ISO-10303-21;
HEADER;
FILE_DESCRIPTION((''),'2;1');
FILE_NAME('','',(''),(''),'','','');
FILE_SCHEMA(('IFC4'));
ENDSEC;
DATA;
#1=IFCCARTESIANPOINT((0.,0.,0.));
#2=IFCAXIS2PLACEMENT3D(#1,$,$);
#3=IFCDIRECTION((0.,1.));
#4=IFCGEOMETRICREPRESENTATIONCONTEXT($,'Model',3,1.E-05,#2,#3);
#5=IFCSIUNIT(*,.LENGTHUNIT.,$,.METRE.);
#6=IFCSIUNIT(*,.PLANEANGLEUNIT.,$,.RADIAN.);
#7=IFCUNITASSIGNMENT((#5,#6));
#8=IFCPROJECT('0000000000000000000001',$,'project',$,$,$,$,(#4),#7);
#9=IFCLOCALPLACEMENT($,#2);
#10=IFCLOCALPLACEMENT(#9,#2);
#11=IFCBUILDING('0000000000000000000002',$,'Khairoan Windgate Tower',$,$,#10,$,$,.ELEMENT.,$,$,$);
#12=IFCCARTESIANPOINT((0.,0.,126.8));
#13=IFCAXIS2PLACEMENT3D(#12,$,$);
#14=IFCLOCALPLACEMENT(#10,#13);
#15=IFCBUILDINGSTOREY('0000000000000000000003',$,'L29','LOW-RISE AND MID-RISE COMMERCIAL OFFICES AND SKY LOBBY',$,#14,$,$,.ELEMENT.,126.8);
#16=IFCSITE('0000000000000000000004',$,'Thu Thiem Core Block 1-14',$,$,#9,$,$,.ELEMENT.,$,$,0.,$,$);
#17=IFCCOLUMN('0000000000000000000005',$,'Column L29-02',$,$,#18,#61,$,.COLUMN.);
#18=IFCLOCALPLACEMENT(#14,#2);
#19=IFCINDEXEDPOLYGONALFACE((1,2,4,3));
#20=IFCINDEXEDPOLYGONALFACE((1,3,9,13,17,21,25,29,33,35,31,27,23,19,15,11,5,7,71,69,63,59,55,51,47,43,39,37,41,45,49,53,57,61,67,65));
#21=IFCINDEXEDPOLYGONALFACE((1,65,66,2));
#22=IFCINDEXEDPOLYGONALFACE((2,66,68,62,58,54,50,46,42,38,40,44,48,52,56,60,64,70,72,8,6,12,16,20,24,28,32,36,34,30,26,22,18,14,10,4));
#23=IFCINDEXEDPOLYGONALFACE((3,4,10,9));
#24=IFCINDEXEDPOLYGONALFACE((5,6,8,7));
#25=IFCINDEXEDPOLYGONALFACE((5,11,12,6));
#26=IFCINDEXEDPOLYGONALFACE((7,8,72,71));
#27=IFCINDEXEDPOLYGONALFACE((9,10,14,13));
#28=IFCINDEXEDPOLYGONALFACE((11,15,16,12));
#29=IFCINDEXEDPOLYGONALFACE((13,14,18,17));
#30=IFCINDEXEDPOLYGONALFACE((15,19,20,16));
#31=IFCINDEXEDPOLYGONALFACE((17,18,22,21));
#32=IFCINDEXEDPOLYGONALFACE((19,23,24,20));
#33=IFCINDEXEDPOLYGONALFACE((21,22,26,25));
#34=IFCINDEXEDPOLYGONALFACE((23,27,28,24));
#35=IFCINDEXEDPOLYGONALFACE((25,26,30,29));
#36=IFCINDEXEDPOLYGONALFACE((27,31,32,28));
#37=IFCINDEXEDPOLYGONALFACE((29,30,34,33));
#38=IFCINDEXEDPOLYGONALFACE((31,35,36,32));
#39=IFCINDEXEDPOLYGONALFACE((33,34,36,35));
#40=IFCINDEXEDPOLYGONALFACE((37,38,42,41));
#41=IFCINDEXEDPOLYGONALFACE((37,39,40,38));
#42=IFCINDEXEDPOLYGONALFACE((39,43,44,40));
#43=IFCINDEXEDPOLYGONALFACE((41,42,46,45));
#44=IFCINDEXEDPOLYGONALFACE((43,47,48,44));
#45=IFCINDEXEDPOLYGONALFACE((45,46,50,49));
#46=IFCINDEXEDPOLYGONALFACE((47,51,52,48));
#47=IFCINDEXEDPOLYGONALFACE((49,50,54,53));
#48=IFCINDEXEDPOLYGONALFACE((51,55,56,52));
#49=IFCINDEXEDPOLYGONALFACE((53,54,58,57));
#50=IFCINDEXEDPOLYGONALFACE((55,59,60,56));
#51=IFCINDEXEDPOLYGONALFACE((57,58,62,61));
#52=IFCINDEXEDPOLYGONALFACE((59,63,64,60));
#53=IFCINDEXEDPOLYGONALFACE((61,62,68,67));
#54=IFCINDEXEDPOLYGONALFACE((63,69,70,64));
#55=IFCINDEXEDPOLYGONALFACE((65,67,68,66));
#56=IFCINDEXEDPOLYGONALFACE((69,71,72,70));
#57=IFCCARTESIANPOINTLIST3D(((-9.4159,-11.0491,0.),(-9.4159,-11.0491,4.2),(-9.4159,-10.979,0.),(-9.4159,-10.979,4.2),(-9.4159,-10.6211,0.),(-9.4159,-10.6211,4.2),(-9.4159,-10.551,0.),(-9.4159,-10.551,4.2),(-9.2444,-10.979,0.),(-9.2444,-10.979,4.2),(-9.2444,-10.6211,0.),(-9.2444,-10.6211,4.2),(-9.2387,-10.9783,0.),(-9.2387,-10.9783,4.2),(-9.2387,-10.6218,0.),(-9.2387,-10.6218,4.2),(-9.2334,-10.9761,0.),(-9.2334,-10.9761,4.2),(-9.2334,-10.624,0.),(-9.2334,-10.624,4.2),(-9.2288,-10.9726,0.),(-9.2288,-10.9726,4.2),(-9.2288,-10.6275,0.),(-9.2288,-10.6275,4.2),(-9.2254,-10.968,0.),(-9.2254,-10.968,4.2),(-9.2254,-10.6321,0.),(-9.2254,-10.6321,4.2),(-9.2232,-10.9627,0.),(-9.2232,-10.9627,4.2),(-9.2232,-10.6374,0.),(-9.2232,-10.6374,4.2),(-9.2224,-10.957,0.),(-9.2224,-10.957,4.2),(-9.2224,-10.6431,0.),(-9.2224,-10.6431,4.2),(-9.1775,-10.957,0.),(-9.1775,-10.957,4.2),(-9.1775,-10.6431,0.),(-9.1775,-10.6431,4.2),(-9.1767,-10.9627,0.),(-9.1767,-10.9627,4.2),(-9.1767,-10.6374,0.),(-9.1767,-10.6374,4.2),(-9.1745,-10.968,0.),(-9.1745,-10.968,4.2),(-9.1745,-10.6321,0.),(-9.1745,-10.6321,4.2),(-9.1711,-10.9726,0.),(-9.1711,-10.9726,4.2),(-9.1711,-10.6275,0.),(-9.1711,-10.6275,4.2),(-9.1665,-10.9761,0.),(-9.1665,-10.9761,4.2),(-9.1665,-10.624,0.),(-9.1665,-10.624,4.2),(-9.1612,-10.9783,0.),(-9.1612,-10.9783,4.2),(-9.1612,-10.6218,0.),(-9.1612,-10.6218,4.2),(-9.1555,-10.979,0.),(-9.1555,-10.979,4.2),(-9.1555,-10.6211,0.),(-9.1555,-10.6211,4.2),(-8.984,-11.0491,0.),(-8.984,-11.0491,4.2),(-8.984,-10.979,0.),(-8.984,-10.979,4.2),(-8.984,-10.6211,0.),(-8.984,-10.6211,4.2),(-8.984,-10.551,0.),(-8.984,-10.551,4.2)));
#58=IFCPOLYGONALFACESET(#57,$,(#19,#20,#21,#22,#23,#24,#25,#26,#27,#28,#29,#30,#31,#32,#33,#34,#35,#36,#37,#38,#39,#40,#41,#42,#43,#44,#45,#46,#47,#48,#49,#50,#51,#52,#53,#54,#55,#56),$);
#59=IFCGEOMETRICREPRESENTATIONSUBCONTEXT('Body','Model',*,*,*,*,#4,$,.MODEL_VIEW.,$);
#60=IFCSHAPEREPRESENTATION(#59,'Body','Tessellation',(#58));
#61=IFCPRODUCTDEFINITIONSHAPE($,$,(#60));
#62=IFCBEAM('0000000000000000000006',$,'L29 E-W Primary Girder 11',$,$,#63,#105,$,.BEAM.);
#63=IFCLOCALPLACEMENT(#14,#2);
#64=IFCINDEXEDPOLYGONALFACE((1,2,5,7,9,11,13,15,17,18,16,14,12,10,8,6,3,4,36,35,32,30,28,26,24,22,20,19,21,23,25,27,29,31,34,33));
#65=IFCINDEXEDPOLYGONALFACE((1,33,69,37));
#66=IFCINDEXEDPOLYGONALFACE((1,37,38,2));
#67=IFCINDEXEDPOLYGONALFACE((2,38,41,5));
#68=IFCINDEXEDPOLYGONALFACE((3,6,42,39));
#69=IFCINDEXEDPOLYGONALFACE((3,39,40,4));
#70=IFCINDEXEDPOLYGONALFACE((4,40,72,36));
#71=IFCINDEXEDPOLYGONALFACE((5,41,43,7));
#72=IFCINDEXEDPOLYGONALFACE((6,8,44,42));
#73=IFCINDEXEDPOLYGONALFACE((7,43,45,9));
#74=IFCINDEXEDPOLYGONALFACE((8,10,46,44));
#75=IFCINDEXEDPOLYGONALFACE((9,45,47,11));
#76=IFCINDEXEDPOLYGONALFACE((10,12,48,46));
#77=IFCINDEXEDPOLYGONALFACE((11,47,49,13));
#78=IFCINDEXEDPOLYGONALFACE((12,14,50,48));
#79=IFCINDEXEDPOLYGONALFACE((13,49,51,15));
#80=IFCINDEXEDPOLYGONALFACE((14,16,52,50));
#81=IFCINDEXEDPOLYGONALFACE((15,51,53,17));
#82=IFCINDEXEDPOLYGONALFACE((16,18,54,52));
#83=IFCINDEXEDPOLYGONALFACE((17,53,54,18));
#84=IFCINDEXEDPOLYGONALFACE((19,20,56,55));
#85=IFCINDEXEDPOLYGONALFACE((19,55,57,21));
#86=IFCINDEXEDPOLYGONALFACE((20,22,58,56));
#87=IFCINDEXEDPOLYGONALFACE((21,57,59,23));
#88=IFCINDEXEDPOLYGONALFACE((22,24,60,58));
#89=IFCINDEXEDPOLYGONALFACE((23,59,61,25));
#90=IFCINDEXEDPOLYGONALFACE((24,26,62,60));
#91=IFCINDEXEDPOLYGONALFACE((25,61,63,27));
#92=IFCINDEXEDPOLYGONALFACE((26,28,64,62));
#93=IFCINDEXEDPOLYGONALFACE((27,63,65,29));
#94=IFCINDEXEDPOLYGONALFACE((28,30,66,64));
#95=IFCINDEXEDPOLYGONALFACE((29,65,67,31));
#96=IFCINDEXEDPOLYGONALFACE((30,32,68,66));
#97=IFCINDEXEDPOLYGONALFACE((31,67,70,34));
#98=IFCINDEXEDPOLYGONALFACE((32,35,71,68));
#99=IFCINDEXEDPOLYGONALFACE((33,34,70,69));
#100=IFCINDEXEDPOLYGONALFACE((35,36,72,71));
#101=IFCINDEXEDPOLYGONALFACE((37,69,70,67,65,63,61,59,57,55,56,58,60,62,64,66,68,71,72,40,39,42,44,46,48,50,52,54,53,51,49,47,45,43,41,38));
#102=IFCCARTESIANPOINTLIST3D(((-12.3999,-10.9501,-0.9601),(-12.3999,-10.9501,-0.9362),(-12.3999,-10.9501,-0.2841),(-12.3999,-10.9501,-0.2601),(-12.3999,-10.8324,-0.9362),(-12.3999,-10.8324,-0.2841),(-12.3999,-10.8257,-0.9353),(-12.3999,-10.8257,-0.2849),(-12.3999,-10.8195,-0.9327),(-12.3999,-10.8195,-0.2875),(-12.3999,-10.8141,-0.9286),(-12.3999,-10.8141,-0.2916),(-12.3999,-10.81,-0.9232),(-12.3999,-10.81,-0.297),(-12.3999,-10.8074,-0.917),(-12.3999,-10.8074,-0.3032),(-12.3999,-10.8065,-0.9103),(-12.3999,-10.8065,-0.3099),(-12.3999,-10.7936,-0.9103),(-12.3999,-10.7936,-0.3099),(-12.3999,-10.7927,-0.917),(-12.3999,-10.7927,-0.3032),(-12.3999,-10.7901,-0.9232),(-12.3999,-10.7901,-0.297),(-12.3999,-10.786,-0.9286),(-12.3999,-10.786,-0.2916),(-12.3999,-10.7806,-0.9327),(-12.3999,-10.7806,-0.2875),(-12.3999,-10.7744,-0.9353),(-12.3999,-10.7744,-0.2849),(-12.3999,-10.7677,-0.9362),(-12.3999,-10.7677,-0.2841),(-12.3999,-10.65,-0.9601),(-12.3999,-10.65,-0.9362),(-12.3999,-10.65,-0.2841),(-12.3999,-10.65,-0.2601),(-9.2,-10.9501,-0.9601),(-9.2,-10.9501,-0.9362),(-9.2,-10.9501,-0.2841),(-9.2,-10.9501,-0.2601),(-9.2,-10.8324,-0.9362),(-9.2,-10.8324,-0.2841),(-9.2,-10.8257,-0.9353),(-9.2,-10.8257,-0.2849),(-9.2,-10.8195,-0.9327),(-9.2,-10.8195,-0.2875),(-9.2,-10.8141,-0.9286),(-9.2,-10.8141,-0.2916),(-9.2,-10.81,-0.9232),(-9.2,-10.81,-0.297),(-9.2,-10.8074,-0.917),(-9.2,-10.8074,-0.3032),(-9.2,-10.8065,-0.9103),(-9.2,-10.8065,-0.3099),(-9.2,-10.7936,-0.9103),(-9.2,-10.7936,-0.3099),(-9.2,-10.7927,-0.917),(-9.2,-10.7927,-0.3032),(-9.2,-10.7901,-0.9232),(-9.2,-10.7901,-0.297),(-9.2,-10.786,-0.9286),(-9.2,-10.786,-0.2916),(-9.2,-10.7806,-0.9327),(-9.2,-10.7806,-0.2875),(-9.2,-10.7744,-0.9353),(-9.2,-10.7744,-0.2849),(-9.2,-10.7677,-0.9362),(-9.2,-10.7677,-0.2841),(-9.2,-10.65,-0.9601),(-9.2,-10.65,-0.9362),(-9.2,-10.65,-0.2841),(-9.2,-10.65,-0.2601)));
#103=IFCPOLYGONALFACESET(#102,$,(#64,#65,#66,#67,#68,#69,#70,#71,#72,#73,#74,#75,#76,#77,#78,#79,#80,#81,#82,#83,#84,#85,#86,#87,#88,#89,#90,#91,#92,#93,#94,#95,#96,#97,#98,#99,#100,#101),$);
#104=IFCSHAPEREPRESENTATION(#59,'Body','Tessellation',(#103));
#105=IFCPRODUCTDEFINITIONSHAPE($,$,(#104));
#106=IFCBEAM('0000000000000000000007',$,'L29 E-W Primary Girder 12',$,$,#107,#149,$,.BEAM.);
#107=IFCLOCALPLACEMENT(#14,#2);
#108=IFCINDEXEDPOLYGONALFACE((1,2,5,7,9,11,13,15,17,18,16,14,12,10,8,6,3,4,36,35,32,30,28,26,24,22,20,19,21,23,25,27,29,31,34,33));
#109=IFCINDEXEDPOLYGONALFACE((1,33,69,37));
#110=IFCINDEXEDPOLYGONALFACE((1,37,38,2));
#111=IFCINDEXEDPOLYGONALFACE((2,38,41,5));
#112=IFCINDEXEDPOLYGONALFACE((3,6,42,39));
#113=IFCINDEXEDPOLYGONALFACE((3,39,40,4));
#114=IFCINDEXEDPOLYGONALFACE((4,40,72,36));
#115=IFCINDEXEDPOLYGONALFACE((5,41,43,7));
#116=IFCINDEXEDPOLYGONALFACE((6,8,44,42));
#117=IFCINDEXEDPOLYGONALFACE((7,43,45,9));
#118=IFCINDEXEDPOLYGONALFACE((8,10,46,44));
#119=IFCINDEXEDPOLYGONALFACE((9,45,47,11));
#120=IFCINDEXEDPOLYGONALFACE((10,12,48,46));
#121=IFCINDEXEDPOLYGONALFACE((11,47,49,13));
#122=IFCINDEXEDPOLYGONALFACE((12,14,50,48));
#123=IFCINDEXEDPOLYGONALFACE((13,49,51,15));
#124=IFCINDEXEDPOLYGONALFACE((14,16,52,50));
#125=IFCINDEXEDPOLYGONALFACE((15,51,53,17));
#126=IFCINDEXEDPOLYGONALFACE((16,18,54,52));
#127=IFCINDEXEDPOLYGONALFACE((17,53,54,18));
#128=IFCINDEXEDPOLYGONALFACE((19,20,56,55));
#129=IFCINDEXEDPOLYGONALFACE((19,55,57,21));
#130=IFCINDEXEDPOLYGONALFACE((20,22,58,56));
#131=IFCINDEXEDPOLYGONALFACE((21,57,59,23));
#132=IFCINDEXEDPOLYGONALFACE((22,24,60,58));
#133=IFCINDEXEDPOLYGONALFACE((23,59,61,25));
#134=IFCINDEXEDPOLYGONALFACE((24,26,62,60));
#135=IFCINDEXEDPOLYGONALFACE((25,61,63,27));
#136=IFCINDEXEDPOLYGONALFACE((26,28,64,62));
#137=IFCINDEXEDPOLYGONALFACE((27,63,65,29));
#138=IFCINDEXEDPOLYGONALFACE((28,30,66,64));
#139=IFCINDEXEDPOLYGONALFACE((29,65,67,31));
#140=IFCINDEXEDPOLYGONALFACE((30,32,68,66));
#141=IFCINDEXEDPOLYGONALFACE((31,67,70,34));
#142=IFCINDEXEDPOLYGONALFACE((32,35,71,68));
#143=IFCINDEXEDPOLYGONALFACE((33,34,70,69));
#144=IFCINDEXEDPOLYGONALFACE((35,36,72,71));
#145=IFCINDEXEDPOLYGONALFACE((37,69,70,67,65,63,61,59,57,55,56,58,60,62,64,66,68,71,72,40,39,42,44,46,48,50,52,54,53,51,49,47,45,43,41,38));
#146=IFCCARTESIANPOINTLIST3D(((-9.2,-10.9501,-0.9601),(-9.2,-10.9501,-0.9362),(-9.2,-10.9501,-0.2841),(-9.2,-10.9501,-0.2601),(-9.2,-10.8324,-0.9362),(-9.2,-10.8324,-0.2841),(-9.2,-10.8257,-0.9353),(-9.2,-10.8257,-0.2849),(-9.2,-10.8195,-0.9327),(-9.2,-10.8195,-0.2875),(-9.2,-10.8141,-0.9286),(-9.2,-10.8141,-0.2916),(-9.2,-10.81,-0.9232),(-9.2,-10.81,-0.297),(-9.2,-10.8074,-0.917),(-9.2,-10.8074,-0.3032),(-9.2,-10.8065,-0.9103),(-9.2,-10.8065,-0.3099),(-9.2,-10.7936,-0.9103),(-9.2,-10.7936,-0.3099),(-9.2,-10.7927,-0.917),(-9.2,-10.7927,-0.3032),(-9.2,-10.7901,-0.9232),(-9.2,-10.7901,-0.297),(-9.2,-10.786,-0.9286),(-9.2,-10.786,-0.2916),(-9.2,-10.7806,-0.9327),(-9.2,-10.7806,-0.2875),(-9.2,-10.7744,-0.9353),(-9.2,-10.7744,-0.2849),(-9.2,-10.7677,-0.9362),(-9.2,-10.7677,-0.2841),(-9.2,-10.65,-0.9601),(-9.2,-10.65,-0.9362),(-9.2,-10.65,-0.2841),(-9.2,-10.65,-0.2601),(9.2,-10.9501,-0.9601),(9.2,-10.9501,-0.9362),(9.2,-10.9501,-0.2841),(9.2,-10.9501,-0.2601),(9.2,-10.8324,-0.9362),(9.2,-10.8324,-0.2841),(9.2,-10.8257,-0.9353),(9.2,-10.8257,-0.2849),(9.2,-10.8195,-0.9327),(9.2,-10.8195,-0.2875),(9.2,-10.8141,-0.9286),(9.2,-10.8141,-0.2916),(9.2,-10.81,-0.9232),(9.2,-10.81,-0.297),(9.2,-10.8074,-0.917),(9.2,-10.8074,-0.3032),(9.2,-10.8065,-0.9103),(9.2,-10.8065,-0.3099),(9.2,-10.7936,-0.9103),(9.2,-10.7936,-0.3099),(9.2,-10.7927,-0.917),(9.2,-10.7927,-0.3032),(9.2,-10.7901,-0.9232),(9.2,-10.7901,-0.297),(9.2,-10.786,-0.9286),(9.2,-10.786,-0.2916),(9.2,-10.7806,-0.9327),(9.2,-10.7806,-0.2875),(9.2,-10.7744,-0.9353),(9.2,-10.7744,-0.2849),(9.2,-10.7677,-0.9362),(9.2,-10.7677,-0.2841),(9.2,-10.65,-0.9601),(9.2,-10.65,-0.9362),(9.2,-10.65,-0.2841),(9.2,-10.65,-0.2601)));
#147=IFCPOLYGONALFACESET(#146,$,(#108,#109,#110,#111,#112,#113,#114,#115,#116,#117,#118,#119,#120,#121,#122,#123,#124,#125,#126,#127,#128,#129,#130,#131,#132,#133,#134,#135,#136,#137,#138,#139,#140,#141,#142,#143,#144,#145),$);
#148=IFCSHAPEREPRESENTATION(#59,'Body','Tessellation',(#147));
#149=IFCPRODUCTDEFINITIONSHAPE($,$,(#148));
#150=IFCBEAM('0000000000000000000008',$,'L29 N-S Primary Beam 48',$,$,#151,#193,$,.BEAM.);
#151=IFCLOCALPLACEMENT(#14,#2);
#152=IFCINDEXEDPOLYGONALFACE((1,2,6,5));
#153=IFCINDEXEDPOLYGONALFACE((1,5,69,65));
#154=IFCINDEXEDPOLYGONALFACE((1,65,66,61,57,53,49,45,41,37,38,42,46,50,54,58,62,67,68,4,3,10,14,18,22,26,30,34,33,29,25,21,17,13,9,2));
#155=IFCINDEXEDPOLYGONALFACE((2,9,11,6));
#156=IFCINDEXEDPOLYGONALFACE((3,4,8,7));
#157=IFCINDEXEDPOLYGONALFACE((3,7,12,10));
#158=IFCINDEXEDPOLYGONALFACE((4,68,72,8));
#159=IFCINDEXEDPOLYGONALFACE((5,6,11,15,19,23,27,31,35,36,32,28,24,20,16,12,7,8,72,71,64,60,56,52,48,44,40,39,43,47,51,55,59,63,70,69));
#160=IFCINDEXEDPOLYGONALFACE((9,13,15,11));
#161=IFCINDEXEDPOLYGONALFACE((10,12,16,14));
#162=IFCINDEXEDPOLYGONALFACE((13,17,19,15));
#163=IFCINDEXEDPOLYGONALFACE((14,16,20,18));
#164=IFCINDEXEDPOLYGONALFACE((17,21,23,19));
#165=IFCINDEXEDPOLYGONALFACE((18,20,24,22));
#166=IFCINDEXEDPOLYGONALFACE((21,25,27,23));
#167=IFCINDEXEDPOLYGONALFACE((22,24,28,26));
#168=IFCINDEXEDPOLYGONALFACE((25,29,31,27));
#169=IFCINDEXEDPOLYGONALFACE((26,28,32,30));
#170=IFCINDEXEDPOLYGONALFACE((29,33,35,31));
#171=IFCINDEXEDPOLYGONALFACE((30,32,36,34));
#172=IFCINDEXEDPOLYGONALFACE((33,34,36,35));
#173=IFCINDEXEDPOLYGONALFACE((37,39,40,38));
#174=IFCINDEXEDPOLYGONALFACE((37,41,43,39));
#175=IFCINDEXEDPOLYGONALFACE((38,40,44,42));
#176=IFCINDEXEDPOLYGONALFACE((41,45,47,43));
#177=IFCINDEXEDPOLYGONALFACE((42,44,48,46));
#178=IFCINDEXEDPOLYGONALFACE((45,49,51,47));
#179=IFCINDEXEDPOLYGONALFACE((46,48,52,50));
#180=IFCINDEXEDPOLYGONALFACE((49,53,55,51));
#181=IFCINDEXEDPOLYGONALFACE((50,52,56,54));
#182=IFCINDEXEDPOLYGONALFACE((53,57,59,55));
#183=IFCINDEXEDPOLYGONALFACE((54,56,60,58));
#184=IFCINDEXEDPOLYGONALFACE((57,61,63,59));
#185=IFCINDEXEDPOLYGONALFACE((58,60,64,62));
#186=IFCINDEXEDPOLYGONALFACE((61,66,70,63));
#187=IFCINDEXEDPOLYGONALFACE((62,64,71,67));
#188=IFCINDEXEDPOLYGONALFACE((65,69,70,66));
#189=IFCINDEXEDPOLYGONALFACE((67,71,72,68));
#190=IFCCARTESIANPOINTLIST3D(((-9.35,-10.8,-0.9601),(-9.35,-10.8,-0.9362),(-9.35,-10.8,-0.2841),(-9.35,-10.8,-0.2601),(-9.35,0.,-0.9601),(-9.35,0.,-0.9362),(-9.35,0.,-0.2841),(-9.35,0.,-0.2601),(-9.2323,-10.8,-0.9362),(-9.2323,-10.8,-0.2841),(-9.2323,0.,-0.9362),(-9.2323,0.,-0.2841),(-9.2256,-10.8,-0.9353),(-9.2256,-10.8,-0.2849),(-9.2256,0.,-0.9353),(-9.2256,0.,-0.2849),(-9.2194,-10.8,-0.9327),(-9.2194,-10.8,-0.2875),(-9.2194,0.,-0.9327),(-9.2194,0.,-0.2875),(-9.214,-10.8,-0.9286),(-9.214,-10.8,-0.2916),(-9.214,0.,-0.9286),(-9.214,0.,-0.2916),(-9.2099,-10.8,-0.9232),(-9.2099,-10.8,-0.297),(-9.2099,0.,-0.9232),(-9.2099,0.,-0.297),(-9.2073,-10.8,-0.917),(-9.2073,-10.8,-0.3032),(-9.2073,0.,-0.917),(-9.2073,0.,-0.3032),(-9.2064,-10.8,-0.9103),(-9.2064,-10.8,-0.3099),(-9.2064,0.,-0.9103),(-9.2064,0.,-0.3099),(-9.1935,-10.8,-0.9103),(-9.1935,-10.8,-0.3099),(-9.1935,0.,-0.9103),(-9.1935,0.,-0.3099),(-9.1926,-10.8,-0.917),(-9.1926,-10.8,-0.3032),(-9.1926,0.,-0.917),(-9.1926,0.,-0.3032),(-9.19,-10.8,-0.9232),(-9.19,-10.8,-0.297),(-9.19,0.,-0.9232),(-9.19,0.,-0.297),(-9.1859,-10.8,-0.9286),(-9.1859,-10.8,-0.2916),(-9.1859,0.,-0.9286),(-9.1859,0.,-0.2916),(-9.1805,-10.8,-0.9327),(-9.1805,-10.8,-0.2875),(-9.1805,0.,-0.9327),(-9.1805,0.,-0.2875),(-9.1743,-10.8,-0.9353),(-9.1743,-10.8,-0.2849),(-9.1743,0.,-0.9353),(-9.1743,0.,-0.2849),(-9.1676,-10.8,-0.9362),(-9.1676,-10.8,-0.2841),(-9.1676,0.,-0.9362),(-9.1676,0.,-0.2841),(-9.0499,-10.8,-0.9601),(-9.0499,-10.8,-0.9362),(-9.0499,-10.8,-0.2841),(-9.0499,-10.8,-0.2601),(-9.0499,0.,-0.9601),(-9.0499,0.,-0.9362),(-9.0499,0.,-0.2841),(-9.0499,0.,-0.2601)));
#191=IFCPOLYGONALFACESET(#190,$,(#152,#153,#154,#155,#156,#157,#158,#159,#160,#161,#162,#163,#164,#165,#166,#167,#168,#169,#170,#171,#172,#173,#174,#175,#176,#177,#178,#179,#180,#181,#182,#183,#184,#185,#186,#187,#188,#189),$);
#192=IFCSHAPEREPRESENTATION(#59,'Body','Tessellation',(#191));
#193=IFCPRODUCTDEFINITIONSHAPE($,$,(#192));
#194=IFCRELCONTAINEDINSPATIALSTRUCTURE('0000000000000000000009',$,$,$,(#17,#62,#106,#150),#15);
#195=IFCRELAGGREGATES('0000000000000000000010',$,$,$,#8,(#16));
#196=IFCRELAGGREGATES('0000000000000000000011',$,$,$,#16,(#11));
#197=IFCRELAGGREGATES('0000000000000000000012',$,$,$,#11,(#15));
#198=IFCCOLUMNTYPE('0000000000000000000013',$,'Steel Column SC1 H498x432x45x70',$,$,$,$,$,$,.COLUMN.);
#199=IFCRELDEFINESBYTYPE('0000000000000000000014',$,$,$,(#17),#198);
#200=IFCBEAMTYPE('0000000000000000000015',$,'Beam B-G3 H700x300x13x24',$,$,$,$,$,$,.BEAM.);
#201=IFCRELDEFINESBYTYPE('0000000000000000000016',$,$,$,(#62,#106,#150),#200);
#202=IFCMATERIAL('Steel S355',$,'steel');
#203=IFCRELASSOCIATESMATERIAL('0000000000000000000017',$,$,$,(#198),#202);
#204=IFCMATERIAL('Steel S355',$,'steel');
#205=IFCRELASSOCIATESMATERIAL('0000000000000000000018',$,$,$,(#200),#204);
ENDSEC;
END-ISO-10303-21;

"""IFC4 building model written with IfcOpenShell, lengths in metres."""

from ifc_helpers import new_model, si_unit, direction, frame, origin, origin_2d, place, context, subcontext, project, spatial, i_section, extrude, material, material_profile, profile_set, type_object, element, save


model = new_model("IFC4")

# Units and contexts
model_context = context("Model", 3, precision=1e-05, world=origin(), true_north=direction((0.0, 1.0)))
body_context = subcontext(model_context, "Body", "Model", "MODEL_VIEW")
ifc_project = project(units=[si_unit("LENGTHUNIT", "METRE"), si_unit("PLANEANGLEUNIT", "RADIAN")], contexts=[model_context])

# Site, building, storey
site_placement = place(None, origin())
site = spatial("IfcSite", under=ifc_project, at=site_placement, Name="Thu Thiem Core Block 1-14", CompositionType="ELEMENT", RefElevation=0.0)
building_placement = place(site_placement, origin())
building = spatial("IfcBuilding", under=site, at=building_placement, Name="Khairoan Windgate Tower", CompositionType="ELEMENT")
storey_placement = place(building_placement, frame((0.0, 0.0, 126.8)))
storey = spatial("IfcBuildingStorey", under=building, at=storey_placement, Name="L29", Description="LOW-RISE AND MID-RISE COMMERCIAL OFFICES AND SKY LOBBY", CompositionType="ELEMENT", Elevation=126.8)

# Column
ifc_material_1 = material(Name="Steel S355", Category="steel")
ifc_material_profile_1 = material_profile(ifc_material_1, i_section(OverallWidth=0.4319, OverallDepth=0.498, WebThickness=0.0449, FlangeThickness=0.0701, FilletRadius=0.022, at=origin_2d()))
ifc_profile_set_1 = profile_set([ifc_material_profile_1], Name="Steel S355")
column_type = type_object("IfcColumnType", Name="Steel Column SC1 H498x432x45x70", PredefinedType="COLUMN", material=ifc_profile_set_1)
column_placement = place(storey_placement, frame((-9.2, -10.8, 0.0), z_axis=(0.0, 0.0, 1.0), x_axis=(1.0, 0.0, 0.0)))
element("IfcColumn", 1, at=column_placement, inside=storey, type_object=column_type, Name="Column L29-02", PredefinedType="COLUMN", context=body_context, shape_type="SweptSolid", body=[
    extrude(i_section(OverallWidth=0.4319, OverallDepth=0.498, WebThickness=0.0449, FlangeThickness=0.0701, FilletRadius=0.022, at=origin_2d()), origin(), (0.0, 0.0, 1.0), 4.2),
])

# Beams
ifc_material_2 = material(Name="Steel S355", Category="steel")
ifc_material_profile_2 = material_profile(ifc_material_2, i_section(OverallWidth=0.3, OverallDepth=0.7, WebThickness=0.0129, FlangeThickness=0.0239, FilletRadius=0.0259, at=origin_2d()))
ifc_profile_set_2 = profile_set([ifc_material_profile_2], Name="Steel S355")
beam_type_1 = type_object("IfcBeamType", Name="Beam B-G3 H700x300x13x24", PredefinedType="BEAM", material=ifc_profile_set_2)
beam_1_placement = place(storey_placement, frame((-12.3999, -10.8, -0.6101), z_axis=(1.0, 0.0, 0.0), x_axis=(0.0, 1.0, 0.0)))
element("IfcBeam", 2, at=beam_1_placement, inside=storey, type_object=beam_type_1, Name="L29 E-W Primary Girder 11", PredefinedType="BEAM", context=body_context, shape_type="SweptSolid", body=[
    extrude(i_section(OverallWidth=0.3, OverallDepth=0.7, WebThickness=0.0129, FlangeThickness=0.0239, FilletRadius=0.0259, at=origin_2d()), origin(), (0.0, 0.0, 1.0), 3.2),
])
beam_2_placement = place(storey_placement, frame((-9.2, -10.8, -0.6101), z_axis=(1.0, 0.0, 0.0), x_axis=(0.0, 1.0, 0.0)))
element("IfcBeam", 3, at=beam_2_placement, inside=storey, type_object=beam_type_1, Name="L29 E-W Primary Girder 12", PredefinedType="BEAM", context=body_context, shape_type="SweptSolid", body=[
    extrude(i_section(OverallWidth=0.3, OverallDepth=0.7, WebThickness=0.0129, FlangeThickness=0.0239, FilletRadius=0.0259, at=origin_2d()), origin(), (0.0, 0.0, 1.0), 18.3999),
])
beam_3_placement = place(storey_placement, frame((-9.2, -10.8, -0.6101), z_axis=(0.0, 1.0, 0.0), x_axis=(-1.0, 0.0, 0.0)))
element("IfcBeam", 4, at=beam_3_placement, inside=storey, type_object=beam_type_1, Name="L29 N-S Primary Beam 48", PredefinedType="BEAM", context=body_context, shape_type="SweptSolid", body=[
    extrude(i_section(OverallWidth=0.3, OverallDepth=0.7, WebThickness=0.0129, FlangeThickness=0.0239, FilletRadius=0.0259, at=origin_2d()), origin(), (0.0, 0.0, 1.0), 10.8),
])

save(model, "model.ifc")
